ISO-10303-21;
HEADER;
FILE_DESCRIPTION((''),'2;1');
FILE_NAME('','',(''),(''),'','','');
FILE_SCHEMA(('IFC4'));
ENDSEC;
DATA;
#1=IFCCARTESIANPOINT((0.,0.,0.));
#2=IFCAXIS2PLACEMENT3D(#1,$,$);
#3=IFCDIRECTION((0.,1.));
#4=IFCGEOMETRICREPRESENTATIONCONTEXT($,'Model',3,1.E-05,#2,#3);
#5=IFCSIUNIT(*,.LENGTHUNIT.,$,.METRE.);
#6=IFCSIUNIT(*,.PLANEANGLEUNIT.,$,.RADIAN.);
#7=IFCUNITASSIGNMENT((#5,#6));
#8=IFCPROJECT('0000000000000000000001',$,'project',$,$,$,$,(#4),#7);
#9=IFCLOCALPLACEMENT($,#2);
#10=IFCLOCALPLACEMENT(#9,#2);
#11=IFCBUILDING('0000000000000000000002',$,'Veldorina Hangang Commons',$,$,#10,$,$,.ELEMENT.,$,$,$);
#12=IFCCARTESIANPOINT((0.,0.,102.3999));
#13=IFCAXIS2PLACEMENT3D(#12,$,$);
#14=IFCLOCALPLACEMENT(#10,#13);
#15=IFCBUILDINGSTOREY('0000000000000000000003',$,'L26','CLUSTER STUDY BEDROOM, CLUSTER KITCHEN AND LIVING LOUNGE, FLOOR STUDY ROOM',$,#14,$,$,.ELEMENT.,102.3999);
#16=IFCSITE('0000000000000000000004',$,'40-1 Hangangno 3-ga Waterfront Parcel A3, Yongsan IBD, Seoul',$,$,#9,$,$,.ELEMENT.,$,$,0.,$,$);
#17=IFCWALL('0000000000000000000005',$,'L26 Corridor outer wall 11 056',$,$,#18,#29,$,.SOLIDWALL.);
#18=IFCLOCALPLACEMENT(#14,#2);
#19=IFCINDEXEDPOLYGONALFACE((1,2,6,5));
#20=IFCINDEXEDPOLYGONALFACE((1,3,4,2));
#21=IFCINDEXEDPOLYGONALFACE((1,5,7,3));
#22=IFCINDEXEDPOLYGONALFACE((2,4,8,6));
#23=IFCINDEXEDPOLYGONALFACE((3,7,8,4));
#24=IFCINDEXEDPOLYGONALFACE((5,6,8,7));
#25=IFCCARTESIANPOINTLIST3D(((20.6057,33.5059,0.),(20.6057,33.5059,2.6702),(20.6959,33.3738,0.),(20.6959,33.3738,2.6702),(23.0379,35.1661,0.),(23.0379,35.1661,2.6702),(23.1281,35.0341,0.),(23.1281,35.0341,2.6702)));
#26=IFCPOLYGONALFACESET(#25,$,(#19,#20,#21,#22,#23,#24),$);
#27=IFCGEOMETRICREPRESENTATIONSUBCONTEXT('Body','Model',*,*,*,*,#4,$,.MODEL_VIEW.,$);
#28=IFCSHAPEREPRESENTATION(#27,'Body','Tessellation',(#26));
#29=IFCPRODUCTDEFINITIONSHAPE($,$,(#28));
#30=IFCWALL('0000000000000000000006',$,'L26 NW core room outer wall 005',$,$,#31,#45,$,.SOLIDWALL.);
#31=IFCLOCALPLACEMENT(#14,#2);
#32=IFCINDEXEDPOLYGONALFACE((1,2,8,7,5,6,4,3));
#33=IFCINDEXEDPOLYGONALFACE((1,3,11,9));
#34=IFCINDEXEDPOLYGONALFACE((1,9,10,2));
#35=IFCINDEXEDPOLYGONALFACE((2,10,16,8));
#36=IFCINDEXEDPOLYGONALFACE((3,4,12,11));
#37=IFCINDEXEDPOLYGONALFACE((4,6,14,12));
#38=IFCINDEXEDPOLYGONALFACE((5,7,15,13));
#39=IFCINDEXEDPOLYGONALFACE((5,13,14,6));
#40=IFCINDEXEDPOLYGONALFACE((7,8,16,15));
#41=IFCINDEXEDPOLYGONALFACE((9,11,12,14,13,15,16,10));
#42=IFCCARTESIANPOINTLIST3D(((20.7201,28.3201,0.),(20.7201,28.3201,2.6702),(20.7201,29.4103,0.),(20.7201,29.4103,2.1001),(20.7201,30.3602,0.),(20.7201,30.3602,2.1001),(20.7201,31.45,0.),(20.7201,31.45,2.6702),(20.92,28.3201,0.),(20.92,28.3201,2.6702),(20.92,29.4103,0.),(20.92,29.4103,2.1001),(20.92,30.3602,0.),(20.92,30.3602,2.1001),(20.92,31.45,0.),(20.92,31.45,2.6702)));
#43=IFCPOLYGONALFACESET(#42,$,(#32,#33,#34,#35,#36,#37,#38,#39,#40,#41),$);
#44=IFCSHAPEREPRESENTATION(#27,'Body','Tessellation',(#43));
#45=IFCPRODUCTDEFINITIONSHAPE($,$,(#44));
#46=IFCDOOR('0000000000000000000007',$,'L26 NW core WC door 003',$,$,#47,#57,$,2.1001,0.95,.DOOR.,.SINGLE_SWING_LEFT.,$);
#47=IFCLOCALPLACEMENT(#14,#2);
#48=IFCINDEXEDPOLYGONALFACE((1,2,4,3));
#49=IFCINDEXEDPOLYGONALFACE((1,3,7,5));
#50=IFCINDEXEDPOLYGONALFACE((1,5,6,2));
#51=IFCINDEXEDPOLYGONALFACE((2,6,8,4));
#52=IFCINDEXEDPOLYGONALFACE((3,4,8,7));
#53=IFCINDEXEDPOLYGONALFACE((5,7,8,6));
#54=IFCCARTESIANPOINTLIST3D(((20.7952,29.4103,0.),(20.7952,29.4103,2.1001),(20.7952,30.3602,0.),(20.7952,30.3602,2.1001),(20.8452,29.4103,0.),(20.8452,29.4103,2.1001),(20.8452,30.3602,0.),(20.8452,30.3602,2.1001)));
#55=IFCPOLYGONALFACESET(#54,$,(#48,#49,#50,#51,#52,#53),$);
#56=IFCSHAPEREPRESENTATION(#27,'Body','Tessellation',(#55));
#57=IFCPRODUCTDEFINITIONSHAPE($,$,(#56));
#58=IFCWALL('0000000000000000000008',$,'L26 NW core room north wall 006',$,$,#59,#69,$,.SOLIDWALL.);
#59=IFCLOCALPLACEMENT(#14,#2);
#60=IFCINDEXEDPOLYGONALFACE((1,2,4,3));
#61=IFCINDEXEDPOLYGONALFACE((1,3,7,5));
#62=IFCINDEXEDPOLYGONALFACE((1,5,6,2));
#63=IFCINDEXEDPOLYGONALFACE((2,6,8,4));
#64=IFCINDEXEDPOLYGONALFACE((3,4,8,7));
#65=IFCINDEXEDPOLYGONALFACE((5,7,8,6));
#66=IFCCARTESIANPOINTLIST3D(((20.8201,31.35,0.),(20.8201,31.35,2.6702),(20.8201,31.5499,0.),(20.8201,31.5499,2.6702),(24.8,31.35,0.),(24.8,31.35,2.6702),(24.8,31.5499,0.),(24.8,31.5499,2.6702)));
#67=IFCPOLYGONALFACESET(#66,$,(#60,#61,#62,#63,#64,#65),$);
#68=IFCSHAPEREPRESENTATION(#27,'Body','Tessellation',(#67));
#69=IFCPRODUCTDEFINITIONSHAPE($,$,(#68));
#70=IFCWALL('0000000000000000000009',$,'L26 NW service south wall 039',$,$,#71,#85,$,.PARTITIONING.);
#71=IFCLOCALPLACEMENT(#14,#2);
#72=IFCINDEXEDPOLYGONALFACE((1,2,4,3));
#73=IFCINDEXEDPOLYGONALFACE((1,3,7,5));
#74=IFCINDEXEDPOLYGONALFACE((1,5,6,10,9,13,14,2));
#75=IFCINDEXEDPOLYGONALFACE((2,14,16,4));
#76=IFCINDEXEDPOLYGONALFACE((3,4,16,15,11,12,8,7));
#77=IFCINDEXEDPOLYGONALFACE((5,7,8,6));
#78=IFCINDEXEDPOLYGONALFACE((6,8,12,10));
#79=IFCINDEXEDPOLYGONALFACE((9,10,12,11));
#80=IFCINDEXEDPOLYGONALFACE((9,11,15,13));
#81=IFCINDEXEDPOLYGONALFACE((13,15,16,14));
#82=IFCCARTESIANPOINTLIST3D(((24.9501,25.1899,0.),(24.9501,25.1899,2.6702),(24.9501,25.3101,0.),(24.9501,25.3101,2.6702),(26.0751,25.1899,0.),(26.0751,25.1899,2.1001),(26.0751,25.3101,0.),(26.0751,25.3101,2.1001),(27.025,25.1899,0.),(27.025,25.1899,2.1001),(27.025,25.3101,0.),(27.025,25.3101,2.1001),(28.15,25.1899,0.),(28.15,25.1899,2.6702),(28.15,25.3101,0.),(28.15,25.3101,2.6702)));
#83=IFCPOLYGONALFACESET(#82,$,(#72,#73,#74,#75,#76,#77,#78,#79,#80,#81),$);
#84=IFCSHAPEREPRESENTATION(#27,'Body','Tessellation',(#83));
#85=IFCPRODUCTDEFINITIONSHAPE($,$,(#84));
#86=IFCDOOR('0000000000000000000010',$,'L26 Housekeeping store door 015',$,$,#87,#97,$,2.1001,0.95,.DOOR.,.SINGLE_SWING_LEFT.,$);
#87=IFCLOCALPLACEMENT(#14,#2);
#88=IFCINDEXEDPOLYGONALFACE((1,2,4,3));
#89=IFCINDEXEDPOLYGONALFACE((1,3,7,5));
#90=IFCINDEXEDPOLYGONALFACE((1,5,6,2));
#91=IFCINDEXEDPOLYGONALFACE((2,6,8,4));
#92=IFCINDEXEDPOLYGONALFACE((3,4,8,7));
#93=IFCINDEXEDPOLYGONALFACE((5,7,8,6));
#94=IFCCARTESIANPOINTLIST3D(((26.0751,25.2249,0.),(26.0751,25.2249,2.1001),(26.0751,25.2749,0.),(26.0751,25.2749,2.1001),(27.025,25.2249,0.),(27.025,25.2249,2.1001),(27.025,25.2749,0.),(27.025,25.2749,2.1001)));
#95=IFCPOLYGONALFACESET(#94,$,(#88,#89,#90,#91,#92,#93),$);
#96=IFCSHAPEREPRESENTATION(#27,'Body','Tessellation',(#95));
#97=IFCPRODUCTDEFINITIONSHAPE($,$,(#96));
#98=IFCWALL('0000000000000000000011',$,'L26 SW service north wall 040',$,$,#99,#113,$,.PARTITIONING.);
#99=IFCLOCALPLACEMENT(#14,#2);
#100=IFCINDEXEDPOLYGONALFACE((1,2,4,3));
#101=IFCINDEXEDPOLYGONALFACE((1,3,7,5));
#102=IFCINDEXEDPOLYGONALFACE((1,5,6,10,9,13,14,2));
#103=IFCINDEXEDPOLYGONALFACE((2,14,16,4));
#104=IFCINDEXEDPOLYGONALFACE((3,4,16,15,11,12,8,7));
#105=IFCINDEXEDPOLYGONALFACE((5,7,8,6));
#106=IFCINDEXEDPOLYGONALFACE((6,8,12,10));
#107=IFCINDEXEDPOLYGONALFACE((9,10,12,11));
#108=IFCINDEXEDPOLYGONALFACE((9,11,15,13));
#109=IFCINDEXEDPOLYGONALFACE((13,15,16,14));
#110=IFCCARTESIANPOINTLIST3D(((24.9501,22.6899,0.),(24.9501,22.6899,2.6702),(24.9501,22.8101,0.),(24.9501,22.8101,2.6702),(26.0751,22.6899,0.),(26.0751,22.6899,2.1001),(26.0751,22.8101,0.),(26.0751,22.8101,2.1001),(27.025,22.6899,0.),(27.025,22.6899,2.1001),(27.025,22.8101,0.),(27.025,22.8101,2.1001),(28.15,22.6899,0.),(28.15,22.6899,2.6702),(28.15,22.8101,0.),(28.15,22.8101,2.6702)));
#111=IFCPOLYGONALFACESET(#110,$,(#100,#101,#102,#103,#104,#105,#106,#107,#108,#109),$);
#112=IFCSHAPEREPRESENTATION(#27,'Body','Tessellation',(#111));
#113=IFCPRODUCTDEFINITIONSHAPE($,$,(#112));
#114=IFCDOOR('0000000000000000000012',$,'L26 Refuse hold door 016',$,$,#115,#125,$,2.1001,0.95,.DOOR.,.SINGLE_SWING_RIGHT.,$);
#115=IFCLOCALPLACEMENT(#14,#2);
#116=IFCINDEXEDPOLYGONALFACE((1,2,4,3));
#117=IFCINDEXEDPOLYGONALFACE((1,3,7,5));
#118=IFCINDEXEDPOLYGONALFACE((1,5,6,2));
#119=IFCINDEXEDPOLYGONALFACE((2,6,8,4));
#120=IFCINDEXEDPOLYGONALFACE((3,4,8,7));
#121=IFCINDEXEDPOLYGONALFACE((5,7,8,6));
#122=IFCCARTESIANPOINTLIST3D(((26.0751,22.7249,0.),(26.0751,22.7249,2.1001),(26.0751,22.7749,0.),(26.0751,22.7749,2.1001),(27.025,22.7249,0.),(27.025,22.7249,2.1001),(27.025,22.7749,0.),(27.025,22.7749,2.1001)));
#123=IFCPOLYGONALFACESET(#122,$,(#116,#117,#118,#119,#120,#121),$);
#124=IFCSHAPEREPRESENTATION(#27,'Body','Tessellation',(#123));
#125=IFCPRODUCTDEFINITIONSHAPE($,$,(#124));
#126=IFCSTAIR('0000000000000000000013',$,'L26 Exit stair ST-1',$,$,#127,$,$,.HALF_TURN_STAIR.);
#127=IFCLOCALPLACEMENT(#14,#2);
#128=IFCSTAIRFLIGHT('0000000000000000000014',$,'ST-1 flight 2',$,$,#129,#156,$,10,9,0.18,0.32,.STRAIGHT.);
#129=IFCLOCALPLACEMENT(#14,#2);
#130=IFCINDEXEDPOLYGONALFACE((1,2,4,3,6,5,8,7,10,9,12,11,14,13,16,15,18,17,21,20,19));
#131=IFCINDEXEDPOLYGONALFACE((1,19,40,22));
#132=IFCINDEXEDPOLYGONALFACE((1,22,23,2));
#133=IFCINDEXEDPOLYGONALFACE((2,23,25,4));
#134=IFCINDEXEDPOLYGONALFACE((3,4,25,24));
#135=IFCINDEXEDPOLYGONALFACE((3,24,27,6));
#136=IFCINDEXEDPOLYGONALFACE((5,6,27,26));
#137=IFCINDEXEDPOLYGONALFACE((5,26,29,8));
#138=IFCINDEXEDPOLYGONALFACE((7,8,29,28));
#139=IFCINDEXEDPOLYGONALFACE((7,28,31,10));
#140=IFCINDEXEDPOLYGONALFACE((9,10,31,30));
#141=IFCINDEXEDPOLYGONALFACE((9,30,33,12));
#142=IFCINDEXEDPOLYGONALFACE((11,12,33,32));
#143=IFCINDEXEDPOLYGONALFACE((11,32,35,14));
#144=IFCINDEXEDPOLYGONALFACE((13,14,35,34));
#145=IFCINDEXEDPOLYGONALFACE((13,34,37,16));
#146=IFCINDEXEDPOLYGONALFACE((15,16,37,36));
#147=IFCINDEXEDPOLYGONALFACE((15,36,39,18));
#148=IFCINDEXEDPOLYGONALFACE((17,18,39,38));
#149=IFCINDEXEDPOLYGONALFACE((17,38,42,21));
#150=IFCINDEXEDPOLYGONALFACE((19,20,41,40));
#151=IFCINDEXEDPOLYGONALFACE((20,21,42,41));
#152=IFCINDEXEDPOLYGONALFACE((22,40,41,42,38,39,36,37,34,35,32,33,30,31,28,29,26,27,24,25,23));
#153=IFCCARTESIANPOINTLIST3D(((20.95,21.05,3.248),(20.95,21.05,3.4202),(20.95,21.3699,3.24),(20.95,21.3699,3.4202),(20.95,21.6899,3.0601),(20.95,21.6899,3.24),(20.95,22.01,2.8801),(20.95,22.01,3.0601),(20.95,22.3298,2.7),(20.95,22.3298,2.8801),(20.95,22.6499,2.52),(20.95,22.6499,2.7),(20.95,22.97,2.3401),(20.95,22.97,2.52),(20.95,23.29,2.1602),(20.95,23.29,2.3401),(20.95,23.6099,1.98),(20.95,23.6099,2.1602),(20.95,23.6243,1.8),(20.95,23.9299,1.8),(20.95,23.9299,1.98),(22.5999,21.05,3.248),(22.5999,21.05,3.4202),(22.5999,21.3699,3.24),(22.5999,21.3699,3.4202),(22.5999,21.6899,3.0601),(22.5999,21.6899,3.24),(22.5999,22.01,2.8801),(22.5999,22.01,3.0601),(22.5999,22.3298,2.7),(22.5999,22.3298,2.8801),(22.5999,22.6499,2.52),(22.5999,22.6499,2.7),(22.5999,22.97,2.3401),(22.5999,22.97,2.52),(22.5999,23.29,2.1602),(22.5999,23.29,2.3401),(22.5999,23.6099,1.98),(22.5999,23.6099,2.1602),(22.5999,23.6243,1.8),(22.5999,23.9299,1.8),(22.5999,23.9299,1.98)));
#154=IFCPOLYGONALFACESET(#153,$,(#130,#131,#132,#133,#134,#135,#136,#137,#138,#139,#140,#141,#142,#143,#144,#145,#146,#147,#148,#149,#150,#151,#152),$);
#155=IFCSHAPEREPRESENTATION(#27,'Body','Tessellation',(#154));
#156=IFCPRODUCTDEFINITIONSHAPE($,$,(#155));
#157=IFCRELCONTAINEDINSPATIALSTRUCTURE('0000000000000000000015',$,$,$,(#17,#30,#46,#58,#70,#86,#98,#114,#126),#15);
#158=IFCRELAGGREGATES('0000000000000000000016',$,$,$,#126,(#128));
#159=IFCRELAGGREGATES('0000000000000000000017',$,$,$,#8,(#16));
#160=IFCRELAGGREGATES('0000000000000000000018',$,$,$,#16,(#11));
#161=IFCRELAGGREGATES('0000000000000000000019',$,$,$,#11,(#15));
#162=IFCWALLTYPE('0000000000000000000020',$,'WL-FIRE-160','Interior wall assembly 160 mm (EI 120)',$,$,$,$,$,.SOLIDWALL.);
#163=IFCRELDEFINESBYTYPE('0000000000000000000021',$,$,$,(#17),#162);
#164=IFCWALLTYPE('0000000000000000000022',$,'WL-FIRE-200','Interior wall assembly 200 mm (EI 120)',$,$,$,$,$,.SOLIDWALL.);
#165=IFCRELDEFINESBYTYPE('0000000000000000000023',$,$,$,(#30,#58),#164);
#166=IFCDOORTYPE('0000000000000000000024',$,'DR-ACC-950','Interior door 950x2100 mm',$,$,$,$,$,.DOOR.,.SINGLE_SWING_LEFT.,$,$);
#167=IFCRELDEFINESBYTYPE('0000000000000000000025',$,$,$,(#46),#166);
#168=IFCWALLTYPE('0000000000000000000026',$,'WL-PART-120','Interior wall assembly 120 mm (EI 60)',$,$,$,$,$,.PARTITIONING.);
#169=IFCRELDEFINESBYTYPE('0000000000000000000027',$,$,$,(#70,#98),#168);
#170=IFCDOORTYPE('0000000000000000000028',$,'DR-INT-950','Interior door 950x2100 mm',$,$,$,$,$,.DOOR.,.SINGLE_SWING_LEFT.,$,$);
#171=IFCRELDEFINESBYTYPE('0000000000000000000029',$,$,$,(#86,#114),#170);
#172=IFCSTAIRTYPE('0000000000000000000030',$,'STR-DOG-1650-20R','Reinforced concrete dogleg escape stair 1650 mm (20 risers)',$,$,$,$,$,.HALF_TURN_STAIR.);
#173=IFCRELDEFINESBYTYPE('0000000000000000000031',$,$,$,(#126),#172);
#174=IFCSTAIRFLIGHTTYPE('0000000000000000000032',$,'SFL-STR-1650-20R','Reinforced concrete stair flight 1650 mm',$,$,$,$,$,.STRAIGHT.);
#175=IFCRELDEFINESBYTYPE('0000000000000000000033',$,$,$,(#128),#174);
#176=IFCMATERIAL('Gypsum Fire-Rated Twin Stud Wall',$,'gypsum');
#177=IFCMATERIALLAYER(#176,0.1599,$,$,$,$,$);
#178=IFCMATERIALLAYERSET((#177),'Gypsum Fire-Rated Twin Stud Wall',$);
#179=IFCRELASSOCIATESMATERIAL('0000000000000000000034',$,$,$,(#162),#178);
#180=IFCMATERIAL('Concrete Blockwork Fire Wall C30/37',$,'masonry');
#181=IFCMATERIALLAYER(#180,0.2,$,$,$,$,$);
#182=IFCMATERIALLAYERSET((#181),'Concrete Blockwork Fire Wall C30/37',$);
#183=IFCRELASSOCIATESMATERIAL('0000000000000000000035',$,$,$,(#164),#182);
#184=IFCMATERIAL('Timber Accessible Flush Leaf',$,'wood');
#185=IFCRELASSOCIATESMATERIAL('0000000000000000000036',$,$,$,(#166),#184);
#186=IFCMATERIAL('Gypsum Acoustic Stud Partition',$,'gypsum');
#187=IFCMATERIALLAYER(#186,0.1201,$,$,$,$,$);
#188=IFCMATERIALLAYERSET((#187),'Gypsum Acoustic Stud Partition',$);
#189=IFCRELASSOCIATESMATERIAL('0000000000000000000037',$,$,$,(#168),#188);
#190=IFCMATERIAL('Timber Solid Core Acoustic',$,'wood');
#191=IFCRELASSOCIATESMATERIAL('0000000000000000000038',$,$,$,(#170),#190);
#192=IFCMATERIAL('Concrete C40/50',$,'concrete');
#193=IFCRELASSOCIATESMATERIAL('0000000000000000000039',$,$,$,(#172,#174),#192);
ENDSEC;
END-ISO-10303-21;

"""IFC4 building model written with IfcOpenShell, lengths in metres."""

from ifc_helpers import new_model, si_unit, direction, frame, frame_2d, origin, place, context, subcontext, project, spatial, polyline, rectangle, outline, extrude, material, layer, layer_set, type_object, element, fill, aggregate, save


model = new_model("IFC4")

# Units and contexts
model_context = context("Model", 3, precision=1e-05, world=origin(), true_north=direction((0.0, 1.0)))
body_context = subcontext(model_context, "Body", "Model", "MODEL_VIEW")
ifc_project = project(units=[si_unit("LENGTHUNIT", "METRE"), si_unit("PLANEANGLEUNIT", "RADIAN")], contexts=[model_context])

# Site, building, storey
site_placement = place(None, origin())
site = spatial("IfcSite", under=ifc_project, at=site_placement, Name="40-1 Hangangno 3-ga Waterfront Parcel A3, Yongsan IBD, Seoul", CompositionType="ELEMENT", RefElevation=0.0)
building_placement = place(site_placement, origin())
building = spatial("IfcBuilding", under=site, at=building_placement, Name="Veldorina Hangang Commons", CompositionType="ELEMENT")
storey_placement = place(building_placement, frame((0.0, 0.0, 102.3999)))
storey = spatial("IfcBuildingStorey", under=building, at=storey_placement, Name="L26", Description="CLUSTER STUDY BEDROOM, CLUSTER KITCHEN AND LIVING LOUNGE, FLOOR STUDY ROOM", CompositionType="ELEMENT", Elevation=102.3999)

# Shared definitions
ifc_material_1 = material(Name="Gypsum Fire-Rated Twin Stud Wall", Category="gypsum")
ifc_layer_1 = layer(ifc_material_1, 0.1599)
ifc_layer_set_1 = layer_set([ifc_layer_1], Name="Gypsum Fire-Rated Twin Stud Wall")
wall_type_1 = type_object("IfcWallType", Name="WL-FIRE-160", Description="Interior wall assembly 160 mm (EI 120)", PredefinedType="SOLIDWALL", material=ifc_layer_set_1)

# Wall
wall_1_placement = place(storey_placement, frame((23.083, 35.1001, 0.0), z_axis=(0.0, 0.0, 1.0), x_axis=(-0.825929, -0.563774, 0.0)))
element("IfcWall", 1, at=wall_1_placement, inside=storey, type_object=wall_type_1, Name="L26 Corridor outer wall 11 056", PredefinedType="SOLIDWALL", context=body_context, shape_type="SweptSolid", body=[
    extrude(rectangle(XDim=2.9448, YDim=0.1599, at=frame_2d((1.4724, 0.0))), origin(), (0.0, 0.0, 1.0), 2.6702),
])

# Wall, opening, door
ifc_material_2 = material(Name="Concrete Blockwork Fire Wall C30/37", Category="masonry")
ifc_layer_2 = layer(ifc_material_2, 0.2)
ifc_layer_set_2 = layer_set([ifc_layer_2], Name="Concrete Blockwork Fire Wall C30/37")
wall_type_2 = type_object("IfcWallType", Name="WL-FIRE-200", Description="Interior wall assembly 200 mm (EI 120)", PredefinedType="SOLIDWALL", material=ifc_layer_set_2)
wall_2_placement = place(storey_placement, frame((20.8201, 28.3201, 0.0), z_axis=(0.0, 0.0, 1.0), x_axis=(0.0, 1.0, 0.0)))
wall_2 = element("IfcWall", 2, at=wall_2_placement, inside=storey, type_object=wall_type_2, Name="L26 NW core room outer wall 005", PredefinedType="SOLIDWALL", context=body_context, shape_type="SweptSolid", body=[
    extrude(rectangle(XDim=3.1299, YDim=0.2, at=frame_2d((1.5649, 0.0))), origin(), (0.0, 0.0, 1.0), 2.6702),
])
opening_1_placement = place(wall_2_placement, frame((1.0901, 0.0, 0.0)))
opening_1 = element("IfcOpeningElement", 3, at=opening_1_placement, cuts=wall_2, PredefinedType="OPENING", context=body_context, shape_type="SweptSolid", body=[
    extrude(rectangle(XDim=0.95, YDim=2.1001, at=frame_2d((0.4751, 1.05))), frame((0.0, 0.1099, 0.0), z_axis=(0.0, -1.0, 0.0), x_axis=(1.0, 0.0, 0.0)), (0.0, 0.0, 1.0), 0.22),
])
ifc_material_3 = material(Name="Timber Accessible Flush Leaf", Category="wood")
door_type_1 = type_object("IfcDoorType", Name="DR-ACC-950", Description="Interior door 950x2100 mm", OperationType="SINGLE_SWING_LEFT", PredefinedType="DOOR", material=ifc_material_3)
door_1_placement = place(opening_1_placement, origin())
door_1 = element("IfcDoor", 4, at=door_1_placement, inside=storey, type_object=door_type_1, Name="L26 NW core WC door 003", OperationType="SINGLE_SWING_LEFT", OverallHeight=2.1001, OverallWidth=0.95, PredefinedType="DOOR", context=body_context, shape_type="SweptSolid", body=[
    extrude(rectangle(XDim=0.95, YDim=2.1001, at=frame_2d((0.4751, 1.05))), frame((0.0, 0.0249, 0.0), z_axis=(0.0, -1.0, 0.0), x_axis=(1.0, 0.0, 0.0)), (0.0, 0.0, 1.0), 0.05),
])
fill(opening_1, door_1)

# Wall
wall_3_placement = place(storey_placement, frame((20.8201, 31.45, 0.0), z_axis=(0.0, 0.0, 1.0), x_axis=(1.0, 0.0, 0.0)))
element("IfcWall", 5, at=wall_3_placement, inside=storey, type_object=wall_type_2, Name="L26 NW core room north wall 006", PredefinedType="SOLIDWALL", context=body_context, shape_type="SweptSolid", body=[
    extrude(rectangle(XDim=3.98, YDim=0.2, at=frame_2d((1.99, 0.0))), origin(), (0.0, 0.0, 1.0), 2.6702),
])

# Walls, openings, doors
ifc_material_4 = material(Name="Gypsum Acoustic Stud Partition", Category="gypsum")
ifc_layer_3 = layer(ifc_material_4, 0.1201)
ifc_layer_set_3 = layer_set([ifc_layer_3], Name="Gypsum Acoustic Stud Partition")
wall_type_3 = type_object("IfcWallType", Name="WL-PART-120", Description="Interior wall assembly 120 mm (EI 60)", PredefinedType="PARTITIONING", material=ifc_layer_set_3)
wall_4_placement = place(storey_placement, frame((24.95, 25.25, 0.0), z_axis=(0.0, 0.0, 1.0), x_axis=(1.0, 0.0, 0.0)))
wall_4 = element("IfcWall", 6, at=wall_4_placement, inside=storey, type_object=wall_type_3, Name="L26 NW service south wall 039", PredefinedType="PARTITIONING", context=body_context, shape_type="SweptSolid", body=[
    extrude(rectangle(XDim=3.2, YDim=0.1201, at=frame_2d((1.6001, 0.0))), origin(), (0.0, 0.0, 1.0), 2.6702),
])
opening_2_placement = place(wall_4_placement, frame((1.125, 0.0, 0.0)))
opening_2 = element("IfcOpeningElement", 7, at=opening_2_placement, cuts=wall_4, PredefinedType="OPENING", context=body_context, shape_type="SweptSolid", body=[
    extrude(rectangle(XDim=0.95, YDim=2.1001, at=frame_2d((0.4751, 1.05))), frame((0.0, 0.0701, 0.0), z_axis=(0.0, -1.0, 0.0), x_axis=(1.0, 0.0, 0.0)), (0.0, 0.0, 1.0), 0.1401),
])
ifc_material_5 = material(Name="Timber Solid Core Acoustic", Category="wood")
door_type_2 = type_object("IfcDoorType", Name="DR-INT-950", Description="Interior door 950x2100 mm", OperationType="SINGLE_SWING_LEFT", PredefinedType="DOOR", material=ifc_material_5)
door_2_placement = place(opening_2_placement, origin())
door_2 = element("IfcDoor", 8, at=door_2_placement, inside=storey, type_object=door_type_2, Name="L26 Housekeeping store door 015", OperationType="SINGLE_SWING_LEFT", OverallHeight=2.1001, OverallWidth=0.95, PredefinedType="DOOR", context=body_context, shape_type="SweptSolid", body=[
    extrude(rectangle(XDim=0.95, YDim=2.1001, at=frame_2d((0.4751, 1.05))), frame((0.0, 0.0249, 0.0), z_axis=(0.0, -1.0, 0.0), x_axis=(1.0, 0.0, 0.0)), (0.0, 0.0, 1.0), 0.05),
])
fill(opening_2, door_2)
wall_5_placement = place(storey_placement, frame((24.95, 22.75, 0.0), z_axis=(0.0, 0.0, 1.0), x_axis=(1.0, 0.0, 0.0)))
wall_5 = element("IfcWall", 9, at=wall_5_placement, inside=storey, type_object=wall_type_3, Name="L26 SW service north wall 040", PredefinedType="PARTITIONING", context=body_context, shape_type="SweptSolid", body=[
    extrude(rectangle(XDim=3.2, YDim=0.1201, at=frame_2d((1.6001, 0.0))), origin(), (0.0, 0.0, 1.0), 2.6702),
])
opening_3_placement = place(wall_5_placement, frame((1.125, 0.0, 0.0)))
opening_3 = element("IfcOpeningElement", 10, at=opening_3_placement, cuts=wall_5, PredefinedType="OPENING", context=body_context, shape_type="SweptSolid", body=[
    extrude(rectangle(XDim=0.95, YDim=2.1001, at=frame_2d((0.4751, 1.05))), frame((0.0, 0.0701, 0.0), z_axis=(0.0, -1.0, 0.0), x_axis=(1.0, 0.0, 0.0)), (0.0, 0.0, 1.0), 0.1401),
])
door_3_placement = place(opening_3_placement, origin())
door_3 = element("IfcDoor", 11, at=door_3_placement, inside=storey, type_object=door_type_2, Name="L26 Refuse hold door 016", OperationType="SINGLE_SWING_RIGHT", OverallHeight=2.1001, OverallWidth=0.95, PredefinedType="DOOR", context=body_context, shape_type="SweptSolid", body=[
    extrude(rectangle(XDim=0.95, YDim=2.1001, at=frame_2d((0.4751, 1.05))), frame((0.0, 0.0249, 0.0), z_axis=(0.0, -1.0, 0.0), x_axis=(1.0, 0.0, 0.0)), (0.0, 0.0, 1.0), 0.05),
])
fill(opening_3, door_3)

# Stair, stair flight
ifc_material_6 = material(Name="Concrete C40/50", Category="concrete")
stair_type = type_object("IfcStairType", Name="STR-DOG-1650-20R", Description="Reinforced concrete dogleg escape stair 1650 mm (20 risers)", PredefinedType="HALF_TURN_STAIR", material=ifc_material_6)
stair_placement = place(storey_placement, origin())
stair = element("IfcStair", 12, at=stair_placement, inside=storey, type_object=stair_type, Name="L26 Exit stair ST-1", PredefinedType="HALF_TURN_STAIR")
stair_flight_type = type_object("IfcStairFlightType", Name="SFL-STR-1650-20R", Description="Reinforced concrete stair flight 1650 mm", PredefinedType="STRAIGHT", material=ifc_material_6)
stair_flight_placement = place(storey_placement, frame((21.7749, 23.9299, 1.8), z_axis=(0.0, 0.0, 1.0), x_axis=(0.0, -1.0, 0.0)))
stair_flight = element("IfcStairFlight", 13, at=stair_flight_placement, type_object=stair_flight_type, Name="ST-1 flight 2", NumberOfRisers=10, NumberOfTreads=9, PredefinedType="STRAIGHT", RiserHeight=0.18, TreadLength=0.32, context=body_context, shape_type="SweptSolid", body=[
    extrude(outline(polyline([(0.0, 0.0), (0.0, 0.1799), (0.3201, 0.1799), (0.3201, 0.3601), (0.6399, 0.3601), (0.6399, 0.54), (0.96, 0.54), (0.96, 0.72), (1.28, 0.72), (1.28, 0.8999), (1.6001, 0.8999), (1.6001, 1.0801), (1.9199, 1.0801), (1.9199, 1.26), (2.24, 1.26), (2.24, 1.4399), (2.5601, 1.4399), (2.5601, 1.6201), (2.8799, 1.6201), (2.8799, 1.8), (2.8799, 1.448), (0.3057, 0.0), (0.0, 0.0)])), frame((0.0, 0.825, 0.0), z_axis=(0.0, -1.0, 0.0), x_axis=(1.0, 0.0, 0.0)), (0.0, 0.0, 1.0), 1.6499),
])
aggregate(stair, [stair_flight])

save(model, "model.ifc")
